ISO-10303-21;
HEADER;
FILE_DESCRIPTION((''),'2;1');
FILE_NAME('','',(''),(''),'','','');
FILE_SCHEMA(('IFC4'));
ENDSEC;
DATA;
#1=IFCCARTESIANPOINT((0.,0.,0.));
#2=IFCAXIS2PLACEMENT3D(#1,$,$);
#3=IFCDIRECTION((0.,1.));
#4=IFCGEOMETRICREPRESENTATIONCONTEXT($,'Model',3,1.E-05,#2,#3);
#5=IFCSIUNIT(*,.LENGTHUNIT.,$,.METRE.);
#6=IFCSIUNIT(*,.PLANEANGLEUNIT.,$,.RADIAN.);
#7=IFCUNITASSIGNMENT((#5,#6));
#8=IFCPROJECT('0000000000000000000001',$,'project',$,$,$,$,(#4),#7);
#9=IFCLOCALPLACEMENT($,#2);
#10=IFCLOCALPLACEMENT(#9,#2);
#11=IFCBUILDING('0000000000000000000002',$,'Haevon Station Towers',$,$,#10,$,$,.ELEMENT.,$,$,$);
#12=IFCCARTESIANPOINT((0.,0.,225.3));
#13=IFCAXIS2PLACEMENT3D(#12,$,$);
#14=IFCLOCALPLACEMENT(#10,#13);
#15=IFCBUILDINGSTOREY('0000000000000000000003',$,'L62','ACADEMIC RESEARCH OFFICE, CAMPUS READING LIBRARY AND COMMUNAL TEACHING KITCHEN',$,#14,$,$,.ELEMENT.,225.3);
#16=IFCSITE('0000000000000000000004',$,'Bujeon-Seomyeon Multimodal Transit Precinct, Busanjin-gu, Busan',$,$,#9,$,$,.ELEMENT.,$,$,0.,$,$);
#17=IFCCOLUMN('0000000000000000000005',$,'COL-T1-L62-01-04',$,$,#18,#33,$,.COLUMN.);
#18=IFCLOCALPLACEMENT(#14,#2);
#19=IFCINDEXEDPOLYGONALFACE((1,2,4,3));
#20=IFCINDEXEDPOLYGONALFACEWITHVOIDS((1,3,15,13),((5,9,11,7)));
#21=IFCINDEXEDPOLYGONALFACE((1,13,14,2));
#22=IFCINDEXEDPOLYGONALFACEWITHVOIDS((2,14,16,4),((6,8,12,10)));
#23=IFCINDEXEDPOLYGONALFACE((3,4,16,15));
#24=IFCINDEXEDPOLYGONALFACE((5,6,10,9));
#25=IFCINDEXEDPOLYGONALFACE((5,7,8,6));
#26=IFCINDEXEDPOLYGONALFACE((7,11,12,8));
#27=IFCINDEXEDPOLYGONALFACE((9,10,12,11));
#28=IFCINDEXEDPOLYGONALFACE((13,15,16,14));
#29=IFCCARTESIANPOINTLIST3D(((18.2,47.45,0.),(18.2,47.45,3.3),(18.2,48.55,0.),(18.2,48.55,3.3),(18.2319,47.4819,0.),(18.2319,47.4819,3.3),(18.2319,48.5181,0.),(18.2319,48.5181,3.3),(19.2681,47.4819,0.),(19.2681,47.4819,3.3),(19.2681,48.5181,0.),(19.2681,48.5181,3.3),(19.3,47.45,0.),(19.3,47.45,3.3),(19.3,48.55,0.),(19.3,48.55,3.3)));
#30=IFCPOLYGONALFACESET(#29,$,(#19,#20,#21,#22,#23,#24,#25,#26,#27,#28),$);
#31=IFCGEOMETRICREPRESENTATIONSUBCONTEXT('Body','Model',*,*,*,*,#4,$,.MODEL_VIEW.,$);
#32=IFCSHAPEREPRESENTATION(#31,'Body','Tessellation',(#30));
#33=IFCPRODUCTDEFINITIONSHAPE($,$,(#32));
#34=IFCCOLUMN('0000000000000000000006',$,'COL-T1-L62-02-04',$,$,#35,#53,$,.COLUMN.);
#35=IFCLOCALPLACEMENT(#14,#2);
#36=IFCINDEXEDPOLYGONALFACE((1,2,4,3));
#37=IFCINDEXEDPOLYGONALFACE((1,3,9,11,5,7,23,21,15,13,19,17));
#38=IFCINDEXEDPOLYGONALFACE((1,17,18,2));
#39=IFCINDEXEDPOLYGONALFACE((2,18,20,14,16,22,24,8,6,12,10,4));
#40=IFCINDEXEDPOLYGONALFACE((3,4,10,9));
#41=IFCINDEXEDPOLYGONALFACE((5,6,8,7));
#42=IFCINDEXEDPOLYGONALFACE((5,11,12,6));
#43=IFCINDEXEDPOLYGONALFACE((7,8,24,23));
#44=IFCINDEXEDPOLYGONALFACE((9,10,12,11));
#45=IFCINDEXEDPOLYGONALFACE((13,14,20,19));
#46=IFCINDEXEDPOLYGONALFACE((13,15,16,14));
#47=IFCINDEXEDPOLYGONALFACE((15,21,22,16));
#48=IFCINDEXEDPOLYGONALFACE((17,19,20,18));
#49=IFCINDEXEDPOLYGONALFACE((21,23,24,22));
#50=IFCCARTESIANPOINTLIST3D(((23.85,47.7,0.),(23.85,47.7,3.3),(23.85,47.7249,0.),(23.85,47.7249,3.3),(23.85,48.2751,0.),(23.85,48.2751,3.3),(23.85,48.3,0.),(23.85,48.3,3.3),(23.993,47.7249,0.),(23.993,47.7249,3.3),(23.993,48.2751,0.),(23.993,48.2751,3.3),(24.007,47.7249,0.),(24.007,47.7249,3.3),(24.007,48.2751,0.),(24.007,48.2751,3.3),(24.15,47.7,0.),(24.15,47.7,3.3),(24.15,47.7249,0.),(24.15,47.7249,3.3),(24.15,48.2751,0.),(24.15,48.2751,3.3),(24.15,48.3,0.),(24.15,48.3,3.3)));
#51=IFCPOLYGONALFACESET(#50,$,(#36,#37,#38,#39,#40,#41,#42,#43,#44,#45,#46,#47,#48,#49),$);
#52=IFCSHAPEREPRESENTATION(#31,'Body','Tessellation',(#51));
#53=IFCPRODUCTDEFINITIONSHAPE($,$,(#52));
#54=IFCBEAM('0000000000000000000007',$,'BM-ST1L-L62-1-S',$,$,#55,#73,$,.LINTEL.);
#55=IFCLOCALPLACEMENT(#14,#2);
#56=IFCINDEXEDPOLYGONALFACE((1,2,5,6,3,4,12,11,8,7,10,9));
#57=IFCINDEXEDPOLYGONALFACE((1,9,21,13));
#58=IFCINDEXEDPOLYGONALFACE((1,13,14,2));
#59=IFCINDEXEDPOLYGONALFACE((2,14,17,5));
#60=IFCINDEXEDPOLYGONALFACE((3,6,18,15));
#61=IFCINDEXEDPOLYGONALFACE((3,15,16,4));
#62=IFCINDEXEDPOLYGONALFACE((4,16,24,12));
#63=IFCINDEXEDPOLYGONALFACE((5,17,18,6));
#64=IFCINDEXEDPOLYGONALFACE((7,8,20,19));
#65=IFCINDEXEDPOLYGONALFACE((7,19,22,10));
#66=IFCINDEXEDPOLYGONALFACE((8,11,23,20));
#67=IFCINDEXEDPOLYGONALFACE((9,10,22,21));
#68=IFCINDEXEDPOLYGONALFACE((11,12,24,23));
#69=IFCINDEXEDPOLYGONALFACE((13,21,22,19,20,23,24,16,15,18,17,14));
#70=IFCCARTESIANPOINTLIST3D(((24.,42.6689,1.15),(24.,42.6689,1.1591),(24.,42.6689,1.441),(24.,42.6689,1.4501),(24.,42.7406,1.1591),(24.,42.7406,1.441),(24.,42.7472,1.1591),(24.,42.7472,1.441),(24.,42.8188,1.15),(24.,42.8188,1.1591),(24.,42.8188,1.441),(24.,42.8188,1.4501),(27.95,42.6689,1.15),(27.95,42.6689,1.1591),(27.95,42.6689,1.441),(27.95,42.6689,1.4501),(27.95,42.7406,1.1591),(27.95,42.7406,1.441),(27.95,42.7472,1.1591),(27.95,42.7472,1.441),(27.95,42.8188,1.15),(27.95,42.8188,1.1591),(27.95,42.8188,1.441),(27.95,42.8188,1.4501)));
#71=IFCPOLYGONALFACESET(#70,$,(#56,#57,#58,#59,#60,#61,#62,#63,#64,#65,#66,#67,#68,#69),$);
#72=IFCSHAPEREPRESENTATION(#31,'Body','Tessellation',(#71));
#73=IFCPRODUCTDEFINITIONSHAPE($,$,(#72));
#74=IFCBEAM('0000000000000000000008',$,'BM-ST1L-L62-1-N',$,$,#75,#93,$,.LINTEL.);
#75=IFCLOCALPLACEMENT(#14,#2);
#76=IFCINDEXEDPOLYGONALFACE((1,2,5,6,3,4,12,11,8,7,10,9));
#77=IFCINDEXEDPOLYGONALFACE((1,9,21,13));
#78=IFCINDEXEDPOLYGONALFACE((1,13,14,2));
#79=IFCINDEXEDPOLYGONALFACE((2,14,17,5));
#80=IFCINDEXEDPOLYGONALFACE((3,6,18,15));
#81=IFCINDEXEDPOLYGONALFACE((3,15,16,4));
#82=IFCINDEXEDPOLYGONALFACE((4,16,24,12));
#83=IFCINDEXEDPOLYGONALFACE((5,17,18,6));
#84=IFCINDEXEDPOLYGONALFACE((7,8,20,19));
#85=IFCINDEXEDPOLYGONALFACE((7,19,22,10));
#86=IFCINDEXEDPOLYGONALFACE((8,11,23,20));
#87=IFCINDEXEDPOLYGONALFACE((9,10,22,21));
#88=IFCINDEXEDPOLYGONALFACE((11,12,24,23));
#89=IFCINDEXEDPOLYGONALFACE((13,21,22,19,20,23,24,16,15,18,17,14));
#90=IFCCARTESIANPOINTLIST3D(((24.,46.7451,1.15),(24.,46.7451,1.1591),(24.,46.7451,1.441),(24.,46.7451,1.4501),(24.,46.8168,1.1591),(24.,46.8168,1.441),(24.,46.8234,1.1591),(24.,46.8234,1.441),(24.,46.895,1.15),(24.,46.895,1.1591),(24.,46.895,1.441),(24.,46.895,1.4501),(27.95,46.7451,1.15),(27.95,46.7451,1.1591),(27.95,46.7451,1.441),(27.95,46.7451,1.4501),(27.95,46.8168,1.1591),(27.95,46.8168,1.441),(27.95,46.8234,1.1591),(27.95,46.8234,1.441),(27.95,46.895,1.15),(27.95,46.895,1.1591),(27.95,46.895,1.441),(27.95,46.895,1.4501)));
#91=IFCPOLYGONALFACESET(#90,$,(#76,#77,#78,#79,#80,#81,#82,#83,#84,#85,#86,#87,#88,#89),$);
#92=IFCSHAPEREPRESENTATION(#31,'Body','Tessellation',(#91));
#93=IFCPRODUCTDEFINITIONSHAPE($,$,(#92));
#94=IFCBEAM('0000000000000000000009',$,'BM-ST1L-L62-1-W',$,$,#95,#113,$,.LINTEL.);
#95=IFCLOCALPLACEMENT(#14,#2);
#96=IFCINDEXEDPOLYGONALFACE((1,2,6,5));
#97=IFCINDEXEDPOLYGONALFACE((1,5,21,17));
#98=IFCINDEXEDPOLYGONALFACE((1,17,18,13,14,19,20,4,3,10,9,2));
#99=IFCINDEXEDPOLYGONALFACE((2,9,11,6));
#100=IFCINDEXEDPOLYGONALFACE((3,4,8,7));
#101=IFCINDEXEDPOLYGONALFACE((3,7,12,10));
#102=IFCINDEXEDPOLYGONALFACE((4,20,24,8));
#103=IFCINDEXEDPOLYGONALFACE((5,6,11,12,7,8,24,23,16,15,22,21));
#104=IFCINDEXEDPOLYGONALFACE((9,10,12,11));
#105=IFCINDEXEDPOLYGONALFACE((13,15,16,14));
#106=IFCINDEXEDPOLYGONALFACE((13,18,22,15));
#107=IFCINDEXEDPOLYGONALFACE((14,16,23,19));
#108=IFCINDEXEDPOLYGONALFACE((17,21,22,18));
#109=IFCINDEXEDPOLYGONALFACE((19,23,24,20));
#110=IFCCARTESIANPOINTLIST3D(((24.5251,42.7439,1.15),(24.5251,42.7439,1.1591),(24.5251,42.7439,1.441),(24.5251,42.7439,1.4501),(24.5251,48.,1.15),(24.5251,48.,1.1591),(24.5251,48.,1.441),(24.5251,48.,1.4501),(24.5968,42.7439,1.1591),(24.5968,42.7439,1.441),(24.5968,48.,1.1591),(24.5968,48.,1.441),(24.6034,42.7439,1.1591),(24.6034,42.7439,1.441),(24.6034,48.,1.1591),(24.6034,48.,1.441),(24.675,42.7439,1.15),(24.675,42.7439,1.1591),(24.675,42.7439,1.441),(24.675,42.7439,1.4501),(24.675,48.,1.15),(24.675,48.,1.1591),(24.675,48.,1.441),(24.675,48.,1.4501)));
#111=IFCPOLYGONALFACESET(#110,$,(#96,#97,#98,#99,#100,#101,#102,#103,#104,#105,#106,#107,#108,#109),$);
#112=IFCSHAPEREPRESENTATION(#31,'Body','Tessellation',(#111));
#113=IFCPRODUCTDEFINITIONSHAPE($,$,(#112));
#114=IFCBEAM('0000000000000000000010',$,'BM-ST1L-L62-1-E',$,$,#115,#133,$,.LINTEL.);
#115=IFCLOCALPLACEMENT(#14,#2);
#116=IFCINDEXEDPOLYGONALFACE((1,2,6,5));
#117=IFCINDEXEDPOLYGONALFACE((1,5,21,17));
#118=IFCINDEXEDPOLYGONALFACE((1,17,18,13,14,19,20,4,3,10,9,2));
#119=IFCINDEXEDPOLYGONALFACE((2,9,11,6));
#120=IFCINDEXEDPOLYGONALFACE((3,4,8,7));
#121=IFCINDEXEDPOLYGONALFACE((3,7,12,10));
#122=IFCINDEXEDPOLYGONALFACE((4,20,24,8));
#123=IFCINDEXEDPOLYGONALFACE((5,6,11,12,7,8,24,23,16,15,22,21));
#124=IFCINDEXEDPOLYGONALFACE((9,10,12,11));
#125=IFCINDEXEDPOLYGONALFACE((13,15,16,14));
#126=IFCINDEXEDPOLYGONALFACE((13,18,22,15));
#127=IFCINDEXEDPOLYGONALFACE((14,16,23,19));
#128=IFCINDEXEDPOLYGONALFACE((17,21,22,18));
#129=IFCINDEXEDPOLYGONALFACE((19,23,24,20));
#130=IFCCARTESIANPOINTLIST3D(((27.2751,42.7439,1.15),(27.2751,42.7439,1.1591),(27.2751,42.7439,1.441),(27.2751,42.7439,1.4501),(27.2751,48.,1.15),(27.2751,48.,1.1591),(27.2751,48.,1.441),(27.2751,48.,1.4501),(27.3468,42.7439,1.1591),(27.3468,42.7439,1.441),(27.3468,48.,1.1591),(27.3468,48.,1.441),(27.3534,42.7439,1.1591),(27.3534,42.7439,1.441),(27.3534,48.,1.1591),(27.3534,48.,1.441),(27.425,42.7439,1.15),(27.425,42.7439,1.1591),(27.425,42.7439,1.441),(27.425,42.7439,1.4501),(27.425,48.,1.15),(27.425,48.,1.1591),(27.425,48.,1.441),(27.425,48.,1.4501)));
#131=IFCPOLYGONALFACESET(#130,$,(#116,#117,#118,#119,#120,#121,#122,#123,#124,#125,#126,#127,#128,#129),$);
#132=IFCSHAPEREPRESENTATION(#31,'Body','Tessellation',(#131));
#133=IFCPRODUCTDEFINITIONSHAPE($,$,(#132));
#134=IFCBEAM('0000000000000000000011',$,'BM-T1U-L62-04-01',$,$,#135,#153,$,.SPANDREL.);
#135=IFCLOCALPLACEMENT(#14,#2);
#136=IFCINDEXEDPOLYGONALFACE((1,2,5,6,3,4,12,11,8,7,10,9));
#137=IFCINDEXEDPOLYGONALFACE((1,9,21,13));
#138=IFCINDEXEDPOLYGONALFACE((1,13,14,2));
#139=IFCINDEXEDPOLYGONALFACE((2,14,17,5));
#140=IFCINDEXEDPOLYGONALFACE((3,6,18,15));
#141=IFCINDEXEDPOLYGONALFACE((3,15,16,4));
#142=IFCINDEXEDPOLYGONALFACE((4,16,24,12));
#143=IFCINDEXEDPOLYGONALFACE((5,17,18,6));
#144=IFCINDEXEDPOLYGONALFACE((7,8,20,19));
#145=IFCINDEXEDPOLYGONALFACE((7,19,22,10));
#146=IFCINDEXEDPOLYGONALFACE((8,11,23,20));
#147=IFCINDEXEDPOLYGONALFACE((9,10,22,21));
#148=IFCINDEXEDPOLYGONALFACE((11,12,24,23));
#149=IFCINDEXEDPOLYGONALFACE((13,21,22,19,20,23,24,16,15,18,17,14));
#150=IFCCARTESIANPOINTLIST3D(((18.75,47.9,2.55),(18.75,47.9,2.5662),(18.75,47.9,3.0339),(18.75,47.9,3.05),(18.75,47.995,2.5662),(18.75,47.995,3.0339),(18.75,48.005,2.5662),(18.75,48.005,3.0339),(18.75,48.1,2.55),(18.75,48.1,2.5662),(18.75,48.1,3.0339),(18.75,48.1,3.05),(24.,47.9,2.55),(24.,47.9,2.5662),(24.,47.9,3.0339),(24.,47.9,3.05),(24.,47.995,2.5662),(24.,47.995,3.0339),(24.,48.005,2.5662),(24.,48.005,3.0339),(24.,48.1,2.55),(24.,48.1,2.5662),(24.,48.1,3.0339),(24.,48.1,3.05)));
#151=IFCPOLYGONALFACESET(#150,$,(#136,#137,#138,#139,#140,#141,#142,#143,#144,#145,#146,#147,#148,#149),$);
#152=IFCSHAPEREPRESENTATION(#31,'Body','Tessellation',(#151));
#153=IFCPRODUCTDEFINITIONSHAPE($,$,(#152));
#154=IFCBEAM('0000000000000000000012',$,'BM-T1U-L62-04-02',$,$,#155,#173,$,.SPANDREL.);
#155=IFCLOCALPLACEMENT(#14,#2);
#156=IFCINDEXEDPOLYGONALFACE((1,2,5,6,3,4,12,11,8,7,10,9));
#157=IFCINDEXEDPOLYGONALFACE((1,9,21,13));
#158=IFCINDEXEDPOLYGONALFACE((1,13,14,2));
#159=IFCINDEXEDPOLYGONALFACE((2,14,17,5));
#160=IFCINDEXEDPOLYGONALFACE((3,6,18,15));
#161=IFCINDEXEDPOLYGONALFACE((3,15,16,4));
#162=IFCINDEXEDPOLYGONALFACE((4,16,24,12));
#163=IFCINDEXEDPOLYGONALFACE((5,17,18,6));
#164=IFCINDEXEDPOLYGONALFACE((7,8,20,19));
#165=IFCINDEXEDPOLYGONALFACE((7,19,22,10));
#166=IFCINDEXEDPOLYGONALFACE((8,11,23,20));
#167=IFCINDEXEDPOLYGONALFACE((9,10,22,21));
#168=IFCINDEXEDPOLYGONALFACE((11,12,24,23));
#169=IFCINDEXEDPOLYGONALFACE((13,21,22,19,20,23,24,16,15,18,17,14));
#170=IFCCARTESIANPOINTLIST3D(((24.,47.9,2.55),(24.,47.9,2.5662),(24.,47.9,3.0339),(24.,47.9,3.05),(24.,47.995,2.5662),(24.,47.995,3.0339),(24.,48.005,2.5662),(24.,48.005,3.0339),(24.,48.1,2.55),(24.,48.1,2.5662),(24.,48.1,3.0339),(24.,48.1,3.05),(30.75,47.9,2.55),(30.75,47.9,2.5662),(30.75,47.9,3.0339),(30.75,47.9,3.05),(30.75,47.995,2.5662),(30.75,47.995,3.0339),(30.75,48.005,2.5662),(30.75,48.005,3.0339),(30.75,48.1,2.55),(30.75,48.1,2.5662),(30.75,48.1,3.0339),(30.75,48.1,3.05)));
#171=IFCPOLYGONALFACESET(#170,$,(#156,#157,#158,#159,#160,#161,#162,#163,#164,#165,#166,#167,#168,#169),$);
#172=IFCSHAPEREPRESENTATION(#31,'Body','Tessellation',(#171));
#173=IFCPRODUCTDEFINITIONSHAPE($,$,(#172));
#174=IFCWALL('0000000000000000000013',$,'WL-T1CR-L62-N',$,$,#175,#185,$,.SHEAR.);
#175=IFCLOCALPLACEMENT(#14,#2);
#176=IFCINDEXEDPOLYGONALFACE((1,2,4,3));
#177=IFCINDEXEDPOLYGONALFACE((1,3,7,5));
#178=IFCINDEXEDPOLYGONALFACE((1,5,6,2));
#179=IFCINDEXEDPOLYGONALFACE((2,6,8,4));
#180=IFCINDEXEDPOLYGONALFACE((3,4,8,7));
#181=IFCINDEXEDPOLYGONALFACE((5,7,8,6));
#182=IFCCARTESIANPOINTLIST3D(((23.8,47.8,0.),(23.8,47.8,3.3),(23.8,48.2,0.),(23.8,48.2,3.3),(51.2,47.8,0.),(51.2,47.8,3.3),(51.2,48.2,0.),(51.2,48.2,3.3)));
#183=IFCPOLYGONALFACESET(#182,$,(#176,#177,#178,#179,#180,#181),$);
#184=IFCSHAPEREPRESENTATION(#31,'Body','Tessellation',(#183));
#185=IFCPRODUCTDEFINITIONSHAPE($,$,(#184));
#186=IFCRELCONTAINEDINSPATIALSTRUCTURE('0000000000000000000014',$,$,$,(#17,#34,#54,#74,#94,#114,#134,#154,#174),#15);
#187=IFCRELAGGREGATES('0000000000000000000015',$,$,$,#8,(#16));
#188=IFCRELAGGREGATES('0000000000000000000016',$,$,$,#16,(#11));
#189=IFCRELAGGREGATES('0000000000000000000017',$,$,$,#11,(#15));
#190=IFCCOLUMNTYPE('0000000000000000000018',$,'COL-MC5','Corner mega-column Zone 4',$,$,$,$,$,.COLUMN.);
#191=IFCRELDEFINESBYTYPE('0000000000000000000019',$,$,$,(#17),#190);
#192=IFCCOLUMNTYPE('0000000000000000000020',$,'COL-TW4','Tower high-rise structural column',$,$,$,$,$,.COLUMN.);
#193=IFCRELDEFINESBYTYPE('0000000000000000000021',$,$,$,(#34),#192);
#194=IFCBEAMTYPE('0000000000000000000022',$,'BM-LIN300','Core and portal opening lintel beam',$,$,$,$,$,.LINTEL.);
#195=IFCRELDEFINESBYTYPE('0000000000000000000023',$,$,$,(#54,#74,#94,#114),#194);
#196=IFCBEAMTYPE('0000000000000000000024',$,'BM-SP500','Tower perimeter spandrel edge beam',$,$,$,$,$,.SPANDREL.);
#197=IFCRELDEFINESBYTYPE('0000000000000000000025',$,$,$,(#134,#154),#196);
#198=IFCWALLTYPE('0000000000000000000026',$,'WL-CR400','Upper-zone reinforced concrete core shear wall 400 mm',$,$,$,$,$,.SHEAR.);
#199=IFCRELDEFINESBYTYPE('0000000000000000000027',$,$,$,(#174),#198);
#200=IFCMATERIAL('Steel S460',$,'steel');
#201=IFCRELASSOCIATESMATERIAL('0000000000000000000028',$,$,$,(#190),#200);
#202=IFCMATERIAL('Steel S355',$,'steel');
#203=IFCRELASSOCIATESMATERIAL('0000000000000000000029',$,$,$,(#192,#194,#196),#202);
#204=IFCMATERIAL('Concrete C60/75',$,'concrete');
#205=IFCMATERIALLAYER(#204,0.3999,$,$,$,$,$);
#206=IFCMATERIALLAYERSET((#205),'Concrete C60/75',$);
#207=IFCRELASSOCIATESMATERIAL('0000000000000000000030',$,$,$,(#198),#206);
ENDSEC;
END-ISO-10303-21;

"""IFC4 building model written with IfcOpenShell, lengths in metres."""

from ifc_helpers import new_model, si_unit, direction, frame, frame_2d, origin, origin_2d, place, context, subcontext, project, spatial, rectangle, hollow_rectangle, i_section, extrude, material, layer, layer_set, material_profile, profile_set, type_object, element, save


model = new_model("IFC4")

# Units and contexts
model_context = context("Model", 3, precision=1e-05, world=origin(), true_north=direction((0.0, 1.0)))
body_context = subcontext(model_context, "Body", "Model", "MODEL_VIEW")
ifc_project = project(units=[si_unit("LENGTHUNIT", "METRE"), si_unit("PLANEANGLEUNIT", "RADIAN")], contexts=[model_context])

# Site, building, storey
site_placement = place(None, origin())
site = spatial("IfcSite", under=ifc_project, at=site_placement, Name="Bujeon-Seomyeon Multimodal Transit Precinct, Busanjin-gu, Busan", CompositionType="ELEMENT", RefElevation=0.0)
building_placement = place(site_placement, origin())
building = spatial("IfcBuilding", under=site, at=building_placement, Name="Haevon Station Towers", CompositionType="ELEMENT")
storey_placement = place(building_placement, frame((0.0, 0.0, 225.3)))
storey = spatial("IfcBuildingStorey", under=building, at=storey_placement, Name="L62", Description="ACADEMIC RESEARCH OFFICE, CAMPUS READING LIBRARY AND COMMUNAL TEACHING KITCHEN", CompositionType="ELEMENT", Elevation=225.3)

# Columns
ifc_material_1 = material(Name="Steel S460", Category="steel")
ifc_material_profile_1 = material_profile(ifc_material_1, hollow_rectangle(XDim=1.1001, YDim=1.1001, WallThickness=0.032, at=origin_2d()), Name="BOX-1100x1100x32")
ifc_profile_set_1 = profile_set([ifc_material_profile_1], Name="Steel S460")
column_type_1 = type_object("IfcColumnType", Name="COL-MC5", Description="Corner mega-column Zone 4", PredefinedType="COLUMN", material=ifc_profile_set_1)
column_1_placement = place(storey_placement, frame((18.75, 48.0, 0.0), z_axis=(0.0, 0.0, 1.0), x_axis=(1.0, 0.0, 0.0)))
element("IfcColumn", 1, at=column_1_placement, inside=storey, type_object=column_type_1, Name="COL-T1-L62-01-04", PredefinedType="COLUMN", context=body_context, shape_type="SweptSolid", body=[
    extrude(hollow_rectangle(XDim=1.1001, YDim=1.1001, WallThickness=0.032, at=origin_2d()), origin(), (0.0, 0.0, 1.0), 3.3),
])
ifc_material_2 = material(Name="Steel S355", Category="steel")
ifc_material_profile_2 = material_profile(ifc_material_2, i_section(OverallWidth=0.3, OverallDepth=0.6001, WebThickness=0.0139, FlangeThickness=0.0249, at=origin_2d()), Name="H-600x300x14x25")
ifc_profile_set_2 = profile_set([ifc_material_profile_2], Name="Steel S355")
column_type_2 = type_object("IfcColumnType", Name="COL-TW4", Description="Tower high-rise structural column", PredefinedType="COLUMN", material=ifc_profile_set_2)
column_2_placement = place(storey_placement, frame((24.0, 48.0, 0.0), z_axis=(0.0, 0.0, 1.0), x_axis=(1.0, 0.0, 0.0)))
element("IfcColumn", 2, at=column_2_placement, inside=storey, type_object=column_type_2, Name="COL-T1-L62-02-04", PredefinedType="COLUMN", context=body_context, shape_type="SweptSolid", body=[
    extrude(i_section(OverallWidth=0.3, OverallDepth=0.6001, WebThickness=0.0139, FlangeThickness=0.0249, at=origin_2d()), origin(), (0.0, 0.0, 1.0), 3.3),
])

# Beams
ifc_material_profile_3 = material_profile(ifc_material_2, i_section(OverallWidth=0.1499, OverallDepth=0.3, WebThickness=0.0066, FlangeThickness=0.009, at=origin_2d()), Name="H-300x150x6.5x9")
ifc_profile_set_3 = profile_set([ifc_material_profile_3], Name="Steel S355")
beam_type_1 = type_object("IfcBeamType", Name="BM-LIN300", Description="Core and portal opening lintel beam", PredefinedType="LINTEL", material=ifc_profile_set_3)
for number, where, z_axis, x_axis, name in (
    (3, (24.0, 42.7439, 1.3), (1.0, 0.0, 0.0), (0.0, 1.0, 0.0), "BM-ST1L-L62-1-S"),
    (4, (24.0, 46.8201, 1.3), (1.0, 0.0, 0.0), (0.0, 1.0, 0.0), "BM-ST1L-L62-1-N"),
):
    element("IfcBeam", number, at=place(storey_placement, frame(where, z_axis=z_axis, x_axis=x_axis)), inside=storey, type_object=beam_type_1, Name=name, PredefinedType="LINTEL", context=body_context, shape_type="SweptSolid", body=[
        extrude(i_section(OverallWidth=0.1499, OverallDepth=0.3, WebThickness=0.0066, FlangeThickness=0.009, at=origin_2d()), origin(), (0.0, 0.0, 1.0), 3.95),
    ])
for number, where, z_axis, x_axis, name in (
    (5, (24.6001, 42.7439, 1.3), (0.0, 1.0, 0.0), (-1.0, 0.0, 0.0), "BM-ST1L-L62-1-W"),
    (6, (27.3501, 42.7439, 1.3), (0.0, 1.0, 0.0), (-1.0, 0.0, 0.0), "BM-ST1L-L62-1-E"),
):
    element("IfcBeam", number, at=place(storey_placement, frame(where, z_axis=z_axis, x_axis=x_axis)), inside=storey, type_object=beam_type_1, Name=name, PredefinedType="LINTEL", context=body_context, shape_type="SweptSolid", body=[
        extrude(i_section(OverallWidth=0.1499, OverallDepth=0.3, WebThickness=0.0066, FlangeThickness=0.009, at=origin_2d()), origin(), (0.0, 0.0, 1.0), 5.2561),
    ])
ifc_material_profile_4 = material_profile(ifc_material_2, i_section(OverallWidth=0.2, OverallDepth=0.5, WebThickness=0.01, FlangeThickness=0.0161, at=origin_2d()), Name="H-500x200x10x16")
ifc_profile_set_4 = profile_set([ifc_material_profile_4], Name="Steel S355")
beam_type_2 = type_object("IfcBeamType", Name="BM-SP500", Description="Tower perimeter spandrel edge beam", PredefinedType="SPANDREL", material=ifc_profile_set_4)
beam_1_placement = place(storey_placement, frame((18.75, 48.0, 2.8), z_axis=(1.0, 0.0, 0.0), x_axis=(0.0, 1.0, 0.0)))
element("IfcBeam", 7, at=beam_1_placement, inside=storey, type_object=beam_type_2, Name="BM-T1U-L62-04-01", PredefinedType="SPANDREL", context=body_context, shape_type="SweptSolid", body=[
    extrude(i_section(OverallWidth=0.2, OverallDepth=0.5, WebThickness=0.01, FlangeThickness=0.0161, at=origin_2d()), origin(), (0.0, 0.0, 1.0), 5.25),
])
beam_2_placement = place(storey_placement, frame((24.0, 48.0, 2.8), z_axis=(1.0, 0.0, 0.0), x_axis=(0.0, 1.0, 0.0)))
element("IfcBeam", 8, at=beam_2_placement, inside=storey, type_object=beam_type_2, Name="BM-T1U-L62-04-02", PredefinedType="SPANDREL", context=body_context, shape_type="SweptSolid", body=[
    extrude(i_section(OverallWidth=0.2, OverallDepth=0.5, WebThickness=0.01, FlangeThickness=0.0161, at=origin_2d()), origin(), (0.0, 0.0, 1.0), 6.75),
])

# Wall
ifc_material_3 = material(Name="Concrete C60/75", Category="concrete")
ifc_layer_1 = layer(ifc_material_3, 0.3999)
ifc_layer_set_1 = layer_set([ifc_layer_1], Name="Concrete C60/75")
wall_type_1 = type_object("IfcWallType", Name="WL-CR400", Description="Upper-zone reinforced concrete core shear wall 400 mm", PredefinedType="SHEAR", material=ifc_layer_set_1)
wall_1_placement = place(storey_placement, frame((23.8, 48.0, 0.0), z_axis=(0.0, 0.0, 1.0), x_axis=(1.0, 0.0, 0.0)))
element("IfcWall", 9, at=wall_1_placement, inside=storey, type_object=wall_type_1, Name="WL-T1CR-L62-N", PredefinedType="SHEAR", context=body_context, shape_type="SweptSolid", body=[
    extrude(rectangle(XDim=27.3999, YDim=0.3999, at=frame_2d((13.7, 0.0))), origin(), (0.0, 0.0, 1.0), 3.3),
])

save(model, "model.ifc")
